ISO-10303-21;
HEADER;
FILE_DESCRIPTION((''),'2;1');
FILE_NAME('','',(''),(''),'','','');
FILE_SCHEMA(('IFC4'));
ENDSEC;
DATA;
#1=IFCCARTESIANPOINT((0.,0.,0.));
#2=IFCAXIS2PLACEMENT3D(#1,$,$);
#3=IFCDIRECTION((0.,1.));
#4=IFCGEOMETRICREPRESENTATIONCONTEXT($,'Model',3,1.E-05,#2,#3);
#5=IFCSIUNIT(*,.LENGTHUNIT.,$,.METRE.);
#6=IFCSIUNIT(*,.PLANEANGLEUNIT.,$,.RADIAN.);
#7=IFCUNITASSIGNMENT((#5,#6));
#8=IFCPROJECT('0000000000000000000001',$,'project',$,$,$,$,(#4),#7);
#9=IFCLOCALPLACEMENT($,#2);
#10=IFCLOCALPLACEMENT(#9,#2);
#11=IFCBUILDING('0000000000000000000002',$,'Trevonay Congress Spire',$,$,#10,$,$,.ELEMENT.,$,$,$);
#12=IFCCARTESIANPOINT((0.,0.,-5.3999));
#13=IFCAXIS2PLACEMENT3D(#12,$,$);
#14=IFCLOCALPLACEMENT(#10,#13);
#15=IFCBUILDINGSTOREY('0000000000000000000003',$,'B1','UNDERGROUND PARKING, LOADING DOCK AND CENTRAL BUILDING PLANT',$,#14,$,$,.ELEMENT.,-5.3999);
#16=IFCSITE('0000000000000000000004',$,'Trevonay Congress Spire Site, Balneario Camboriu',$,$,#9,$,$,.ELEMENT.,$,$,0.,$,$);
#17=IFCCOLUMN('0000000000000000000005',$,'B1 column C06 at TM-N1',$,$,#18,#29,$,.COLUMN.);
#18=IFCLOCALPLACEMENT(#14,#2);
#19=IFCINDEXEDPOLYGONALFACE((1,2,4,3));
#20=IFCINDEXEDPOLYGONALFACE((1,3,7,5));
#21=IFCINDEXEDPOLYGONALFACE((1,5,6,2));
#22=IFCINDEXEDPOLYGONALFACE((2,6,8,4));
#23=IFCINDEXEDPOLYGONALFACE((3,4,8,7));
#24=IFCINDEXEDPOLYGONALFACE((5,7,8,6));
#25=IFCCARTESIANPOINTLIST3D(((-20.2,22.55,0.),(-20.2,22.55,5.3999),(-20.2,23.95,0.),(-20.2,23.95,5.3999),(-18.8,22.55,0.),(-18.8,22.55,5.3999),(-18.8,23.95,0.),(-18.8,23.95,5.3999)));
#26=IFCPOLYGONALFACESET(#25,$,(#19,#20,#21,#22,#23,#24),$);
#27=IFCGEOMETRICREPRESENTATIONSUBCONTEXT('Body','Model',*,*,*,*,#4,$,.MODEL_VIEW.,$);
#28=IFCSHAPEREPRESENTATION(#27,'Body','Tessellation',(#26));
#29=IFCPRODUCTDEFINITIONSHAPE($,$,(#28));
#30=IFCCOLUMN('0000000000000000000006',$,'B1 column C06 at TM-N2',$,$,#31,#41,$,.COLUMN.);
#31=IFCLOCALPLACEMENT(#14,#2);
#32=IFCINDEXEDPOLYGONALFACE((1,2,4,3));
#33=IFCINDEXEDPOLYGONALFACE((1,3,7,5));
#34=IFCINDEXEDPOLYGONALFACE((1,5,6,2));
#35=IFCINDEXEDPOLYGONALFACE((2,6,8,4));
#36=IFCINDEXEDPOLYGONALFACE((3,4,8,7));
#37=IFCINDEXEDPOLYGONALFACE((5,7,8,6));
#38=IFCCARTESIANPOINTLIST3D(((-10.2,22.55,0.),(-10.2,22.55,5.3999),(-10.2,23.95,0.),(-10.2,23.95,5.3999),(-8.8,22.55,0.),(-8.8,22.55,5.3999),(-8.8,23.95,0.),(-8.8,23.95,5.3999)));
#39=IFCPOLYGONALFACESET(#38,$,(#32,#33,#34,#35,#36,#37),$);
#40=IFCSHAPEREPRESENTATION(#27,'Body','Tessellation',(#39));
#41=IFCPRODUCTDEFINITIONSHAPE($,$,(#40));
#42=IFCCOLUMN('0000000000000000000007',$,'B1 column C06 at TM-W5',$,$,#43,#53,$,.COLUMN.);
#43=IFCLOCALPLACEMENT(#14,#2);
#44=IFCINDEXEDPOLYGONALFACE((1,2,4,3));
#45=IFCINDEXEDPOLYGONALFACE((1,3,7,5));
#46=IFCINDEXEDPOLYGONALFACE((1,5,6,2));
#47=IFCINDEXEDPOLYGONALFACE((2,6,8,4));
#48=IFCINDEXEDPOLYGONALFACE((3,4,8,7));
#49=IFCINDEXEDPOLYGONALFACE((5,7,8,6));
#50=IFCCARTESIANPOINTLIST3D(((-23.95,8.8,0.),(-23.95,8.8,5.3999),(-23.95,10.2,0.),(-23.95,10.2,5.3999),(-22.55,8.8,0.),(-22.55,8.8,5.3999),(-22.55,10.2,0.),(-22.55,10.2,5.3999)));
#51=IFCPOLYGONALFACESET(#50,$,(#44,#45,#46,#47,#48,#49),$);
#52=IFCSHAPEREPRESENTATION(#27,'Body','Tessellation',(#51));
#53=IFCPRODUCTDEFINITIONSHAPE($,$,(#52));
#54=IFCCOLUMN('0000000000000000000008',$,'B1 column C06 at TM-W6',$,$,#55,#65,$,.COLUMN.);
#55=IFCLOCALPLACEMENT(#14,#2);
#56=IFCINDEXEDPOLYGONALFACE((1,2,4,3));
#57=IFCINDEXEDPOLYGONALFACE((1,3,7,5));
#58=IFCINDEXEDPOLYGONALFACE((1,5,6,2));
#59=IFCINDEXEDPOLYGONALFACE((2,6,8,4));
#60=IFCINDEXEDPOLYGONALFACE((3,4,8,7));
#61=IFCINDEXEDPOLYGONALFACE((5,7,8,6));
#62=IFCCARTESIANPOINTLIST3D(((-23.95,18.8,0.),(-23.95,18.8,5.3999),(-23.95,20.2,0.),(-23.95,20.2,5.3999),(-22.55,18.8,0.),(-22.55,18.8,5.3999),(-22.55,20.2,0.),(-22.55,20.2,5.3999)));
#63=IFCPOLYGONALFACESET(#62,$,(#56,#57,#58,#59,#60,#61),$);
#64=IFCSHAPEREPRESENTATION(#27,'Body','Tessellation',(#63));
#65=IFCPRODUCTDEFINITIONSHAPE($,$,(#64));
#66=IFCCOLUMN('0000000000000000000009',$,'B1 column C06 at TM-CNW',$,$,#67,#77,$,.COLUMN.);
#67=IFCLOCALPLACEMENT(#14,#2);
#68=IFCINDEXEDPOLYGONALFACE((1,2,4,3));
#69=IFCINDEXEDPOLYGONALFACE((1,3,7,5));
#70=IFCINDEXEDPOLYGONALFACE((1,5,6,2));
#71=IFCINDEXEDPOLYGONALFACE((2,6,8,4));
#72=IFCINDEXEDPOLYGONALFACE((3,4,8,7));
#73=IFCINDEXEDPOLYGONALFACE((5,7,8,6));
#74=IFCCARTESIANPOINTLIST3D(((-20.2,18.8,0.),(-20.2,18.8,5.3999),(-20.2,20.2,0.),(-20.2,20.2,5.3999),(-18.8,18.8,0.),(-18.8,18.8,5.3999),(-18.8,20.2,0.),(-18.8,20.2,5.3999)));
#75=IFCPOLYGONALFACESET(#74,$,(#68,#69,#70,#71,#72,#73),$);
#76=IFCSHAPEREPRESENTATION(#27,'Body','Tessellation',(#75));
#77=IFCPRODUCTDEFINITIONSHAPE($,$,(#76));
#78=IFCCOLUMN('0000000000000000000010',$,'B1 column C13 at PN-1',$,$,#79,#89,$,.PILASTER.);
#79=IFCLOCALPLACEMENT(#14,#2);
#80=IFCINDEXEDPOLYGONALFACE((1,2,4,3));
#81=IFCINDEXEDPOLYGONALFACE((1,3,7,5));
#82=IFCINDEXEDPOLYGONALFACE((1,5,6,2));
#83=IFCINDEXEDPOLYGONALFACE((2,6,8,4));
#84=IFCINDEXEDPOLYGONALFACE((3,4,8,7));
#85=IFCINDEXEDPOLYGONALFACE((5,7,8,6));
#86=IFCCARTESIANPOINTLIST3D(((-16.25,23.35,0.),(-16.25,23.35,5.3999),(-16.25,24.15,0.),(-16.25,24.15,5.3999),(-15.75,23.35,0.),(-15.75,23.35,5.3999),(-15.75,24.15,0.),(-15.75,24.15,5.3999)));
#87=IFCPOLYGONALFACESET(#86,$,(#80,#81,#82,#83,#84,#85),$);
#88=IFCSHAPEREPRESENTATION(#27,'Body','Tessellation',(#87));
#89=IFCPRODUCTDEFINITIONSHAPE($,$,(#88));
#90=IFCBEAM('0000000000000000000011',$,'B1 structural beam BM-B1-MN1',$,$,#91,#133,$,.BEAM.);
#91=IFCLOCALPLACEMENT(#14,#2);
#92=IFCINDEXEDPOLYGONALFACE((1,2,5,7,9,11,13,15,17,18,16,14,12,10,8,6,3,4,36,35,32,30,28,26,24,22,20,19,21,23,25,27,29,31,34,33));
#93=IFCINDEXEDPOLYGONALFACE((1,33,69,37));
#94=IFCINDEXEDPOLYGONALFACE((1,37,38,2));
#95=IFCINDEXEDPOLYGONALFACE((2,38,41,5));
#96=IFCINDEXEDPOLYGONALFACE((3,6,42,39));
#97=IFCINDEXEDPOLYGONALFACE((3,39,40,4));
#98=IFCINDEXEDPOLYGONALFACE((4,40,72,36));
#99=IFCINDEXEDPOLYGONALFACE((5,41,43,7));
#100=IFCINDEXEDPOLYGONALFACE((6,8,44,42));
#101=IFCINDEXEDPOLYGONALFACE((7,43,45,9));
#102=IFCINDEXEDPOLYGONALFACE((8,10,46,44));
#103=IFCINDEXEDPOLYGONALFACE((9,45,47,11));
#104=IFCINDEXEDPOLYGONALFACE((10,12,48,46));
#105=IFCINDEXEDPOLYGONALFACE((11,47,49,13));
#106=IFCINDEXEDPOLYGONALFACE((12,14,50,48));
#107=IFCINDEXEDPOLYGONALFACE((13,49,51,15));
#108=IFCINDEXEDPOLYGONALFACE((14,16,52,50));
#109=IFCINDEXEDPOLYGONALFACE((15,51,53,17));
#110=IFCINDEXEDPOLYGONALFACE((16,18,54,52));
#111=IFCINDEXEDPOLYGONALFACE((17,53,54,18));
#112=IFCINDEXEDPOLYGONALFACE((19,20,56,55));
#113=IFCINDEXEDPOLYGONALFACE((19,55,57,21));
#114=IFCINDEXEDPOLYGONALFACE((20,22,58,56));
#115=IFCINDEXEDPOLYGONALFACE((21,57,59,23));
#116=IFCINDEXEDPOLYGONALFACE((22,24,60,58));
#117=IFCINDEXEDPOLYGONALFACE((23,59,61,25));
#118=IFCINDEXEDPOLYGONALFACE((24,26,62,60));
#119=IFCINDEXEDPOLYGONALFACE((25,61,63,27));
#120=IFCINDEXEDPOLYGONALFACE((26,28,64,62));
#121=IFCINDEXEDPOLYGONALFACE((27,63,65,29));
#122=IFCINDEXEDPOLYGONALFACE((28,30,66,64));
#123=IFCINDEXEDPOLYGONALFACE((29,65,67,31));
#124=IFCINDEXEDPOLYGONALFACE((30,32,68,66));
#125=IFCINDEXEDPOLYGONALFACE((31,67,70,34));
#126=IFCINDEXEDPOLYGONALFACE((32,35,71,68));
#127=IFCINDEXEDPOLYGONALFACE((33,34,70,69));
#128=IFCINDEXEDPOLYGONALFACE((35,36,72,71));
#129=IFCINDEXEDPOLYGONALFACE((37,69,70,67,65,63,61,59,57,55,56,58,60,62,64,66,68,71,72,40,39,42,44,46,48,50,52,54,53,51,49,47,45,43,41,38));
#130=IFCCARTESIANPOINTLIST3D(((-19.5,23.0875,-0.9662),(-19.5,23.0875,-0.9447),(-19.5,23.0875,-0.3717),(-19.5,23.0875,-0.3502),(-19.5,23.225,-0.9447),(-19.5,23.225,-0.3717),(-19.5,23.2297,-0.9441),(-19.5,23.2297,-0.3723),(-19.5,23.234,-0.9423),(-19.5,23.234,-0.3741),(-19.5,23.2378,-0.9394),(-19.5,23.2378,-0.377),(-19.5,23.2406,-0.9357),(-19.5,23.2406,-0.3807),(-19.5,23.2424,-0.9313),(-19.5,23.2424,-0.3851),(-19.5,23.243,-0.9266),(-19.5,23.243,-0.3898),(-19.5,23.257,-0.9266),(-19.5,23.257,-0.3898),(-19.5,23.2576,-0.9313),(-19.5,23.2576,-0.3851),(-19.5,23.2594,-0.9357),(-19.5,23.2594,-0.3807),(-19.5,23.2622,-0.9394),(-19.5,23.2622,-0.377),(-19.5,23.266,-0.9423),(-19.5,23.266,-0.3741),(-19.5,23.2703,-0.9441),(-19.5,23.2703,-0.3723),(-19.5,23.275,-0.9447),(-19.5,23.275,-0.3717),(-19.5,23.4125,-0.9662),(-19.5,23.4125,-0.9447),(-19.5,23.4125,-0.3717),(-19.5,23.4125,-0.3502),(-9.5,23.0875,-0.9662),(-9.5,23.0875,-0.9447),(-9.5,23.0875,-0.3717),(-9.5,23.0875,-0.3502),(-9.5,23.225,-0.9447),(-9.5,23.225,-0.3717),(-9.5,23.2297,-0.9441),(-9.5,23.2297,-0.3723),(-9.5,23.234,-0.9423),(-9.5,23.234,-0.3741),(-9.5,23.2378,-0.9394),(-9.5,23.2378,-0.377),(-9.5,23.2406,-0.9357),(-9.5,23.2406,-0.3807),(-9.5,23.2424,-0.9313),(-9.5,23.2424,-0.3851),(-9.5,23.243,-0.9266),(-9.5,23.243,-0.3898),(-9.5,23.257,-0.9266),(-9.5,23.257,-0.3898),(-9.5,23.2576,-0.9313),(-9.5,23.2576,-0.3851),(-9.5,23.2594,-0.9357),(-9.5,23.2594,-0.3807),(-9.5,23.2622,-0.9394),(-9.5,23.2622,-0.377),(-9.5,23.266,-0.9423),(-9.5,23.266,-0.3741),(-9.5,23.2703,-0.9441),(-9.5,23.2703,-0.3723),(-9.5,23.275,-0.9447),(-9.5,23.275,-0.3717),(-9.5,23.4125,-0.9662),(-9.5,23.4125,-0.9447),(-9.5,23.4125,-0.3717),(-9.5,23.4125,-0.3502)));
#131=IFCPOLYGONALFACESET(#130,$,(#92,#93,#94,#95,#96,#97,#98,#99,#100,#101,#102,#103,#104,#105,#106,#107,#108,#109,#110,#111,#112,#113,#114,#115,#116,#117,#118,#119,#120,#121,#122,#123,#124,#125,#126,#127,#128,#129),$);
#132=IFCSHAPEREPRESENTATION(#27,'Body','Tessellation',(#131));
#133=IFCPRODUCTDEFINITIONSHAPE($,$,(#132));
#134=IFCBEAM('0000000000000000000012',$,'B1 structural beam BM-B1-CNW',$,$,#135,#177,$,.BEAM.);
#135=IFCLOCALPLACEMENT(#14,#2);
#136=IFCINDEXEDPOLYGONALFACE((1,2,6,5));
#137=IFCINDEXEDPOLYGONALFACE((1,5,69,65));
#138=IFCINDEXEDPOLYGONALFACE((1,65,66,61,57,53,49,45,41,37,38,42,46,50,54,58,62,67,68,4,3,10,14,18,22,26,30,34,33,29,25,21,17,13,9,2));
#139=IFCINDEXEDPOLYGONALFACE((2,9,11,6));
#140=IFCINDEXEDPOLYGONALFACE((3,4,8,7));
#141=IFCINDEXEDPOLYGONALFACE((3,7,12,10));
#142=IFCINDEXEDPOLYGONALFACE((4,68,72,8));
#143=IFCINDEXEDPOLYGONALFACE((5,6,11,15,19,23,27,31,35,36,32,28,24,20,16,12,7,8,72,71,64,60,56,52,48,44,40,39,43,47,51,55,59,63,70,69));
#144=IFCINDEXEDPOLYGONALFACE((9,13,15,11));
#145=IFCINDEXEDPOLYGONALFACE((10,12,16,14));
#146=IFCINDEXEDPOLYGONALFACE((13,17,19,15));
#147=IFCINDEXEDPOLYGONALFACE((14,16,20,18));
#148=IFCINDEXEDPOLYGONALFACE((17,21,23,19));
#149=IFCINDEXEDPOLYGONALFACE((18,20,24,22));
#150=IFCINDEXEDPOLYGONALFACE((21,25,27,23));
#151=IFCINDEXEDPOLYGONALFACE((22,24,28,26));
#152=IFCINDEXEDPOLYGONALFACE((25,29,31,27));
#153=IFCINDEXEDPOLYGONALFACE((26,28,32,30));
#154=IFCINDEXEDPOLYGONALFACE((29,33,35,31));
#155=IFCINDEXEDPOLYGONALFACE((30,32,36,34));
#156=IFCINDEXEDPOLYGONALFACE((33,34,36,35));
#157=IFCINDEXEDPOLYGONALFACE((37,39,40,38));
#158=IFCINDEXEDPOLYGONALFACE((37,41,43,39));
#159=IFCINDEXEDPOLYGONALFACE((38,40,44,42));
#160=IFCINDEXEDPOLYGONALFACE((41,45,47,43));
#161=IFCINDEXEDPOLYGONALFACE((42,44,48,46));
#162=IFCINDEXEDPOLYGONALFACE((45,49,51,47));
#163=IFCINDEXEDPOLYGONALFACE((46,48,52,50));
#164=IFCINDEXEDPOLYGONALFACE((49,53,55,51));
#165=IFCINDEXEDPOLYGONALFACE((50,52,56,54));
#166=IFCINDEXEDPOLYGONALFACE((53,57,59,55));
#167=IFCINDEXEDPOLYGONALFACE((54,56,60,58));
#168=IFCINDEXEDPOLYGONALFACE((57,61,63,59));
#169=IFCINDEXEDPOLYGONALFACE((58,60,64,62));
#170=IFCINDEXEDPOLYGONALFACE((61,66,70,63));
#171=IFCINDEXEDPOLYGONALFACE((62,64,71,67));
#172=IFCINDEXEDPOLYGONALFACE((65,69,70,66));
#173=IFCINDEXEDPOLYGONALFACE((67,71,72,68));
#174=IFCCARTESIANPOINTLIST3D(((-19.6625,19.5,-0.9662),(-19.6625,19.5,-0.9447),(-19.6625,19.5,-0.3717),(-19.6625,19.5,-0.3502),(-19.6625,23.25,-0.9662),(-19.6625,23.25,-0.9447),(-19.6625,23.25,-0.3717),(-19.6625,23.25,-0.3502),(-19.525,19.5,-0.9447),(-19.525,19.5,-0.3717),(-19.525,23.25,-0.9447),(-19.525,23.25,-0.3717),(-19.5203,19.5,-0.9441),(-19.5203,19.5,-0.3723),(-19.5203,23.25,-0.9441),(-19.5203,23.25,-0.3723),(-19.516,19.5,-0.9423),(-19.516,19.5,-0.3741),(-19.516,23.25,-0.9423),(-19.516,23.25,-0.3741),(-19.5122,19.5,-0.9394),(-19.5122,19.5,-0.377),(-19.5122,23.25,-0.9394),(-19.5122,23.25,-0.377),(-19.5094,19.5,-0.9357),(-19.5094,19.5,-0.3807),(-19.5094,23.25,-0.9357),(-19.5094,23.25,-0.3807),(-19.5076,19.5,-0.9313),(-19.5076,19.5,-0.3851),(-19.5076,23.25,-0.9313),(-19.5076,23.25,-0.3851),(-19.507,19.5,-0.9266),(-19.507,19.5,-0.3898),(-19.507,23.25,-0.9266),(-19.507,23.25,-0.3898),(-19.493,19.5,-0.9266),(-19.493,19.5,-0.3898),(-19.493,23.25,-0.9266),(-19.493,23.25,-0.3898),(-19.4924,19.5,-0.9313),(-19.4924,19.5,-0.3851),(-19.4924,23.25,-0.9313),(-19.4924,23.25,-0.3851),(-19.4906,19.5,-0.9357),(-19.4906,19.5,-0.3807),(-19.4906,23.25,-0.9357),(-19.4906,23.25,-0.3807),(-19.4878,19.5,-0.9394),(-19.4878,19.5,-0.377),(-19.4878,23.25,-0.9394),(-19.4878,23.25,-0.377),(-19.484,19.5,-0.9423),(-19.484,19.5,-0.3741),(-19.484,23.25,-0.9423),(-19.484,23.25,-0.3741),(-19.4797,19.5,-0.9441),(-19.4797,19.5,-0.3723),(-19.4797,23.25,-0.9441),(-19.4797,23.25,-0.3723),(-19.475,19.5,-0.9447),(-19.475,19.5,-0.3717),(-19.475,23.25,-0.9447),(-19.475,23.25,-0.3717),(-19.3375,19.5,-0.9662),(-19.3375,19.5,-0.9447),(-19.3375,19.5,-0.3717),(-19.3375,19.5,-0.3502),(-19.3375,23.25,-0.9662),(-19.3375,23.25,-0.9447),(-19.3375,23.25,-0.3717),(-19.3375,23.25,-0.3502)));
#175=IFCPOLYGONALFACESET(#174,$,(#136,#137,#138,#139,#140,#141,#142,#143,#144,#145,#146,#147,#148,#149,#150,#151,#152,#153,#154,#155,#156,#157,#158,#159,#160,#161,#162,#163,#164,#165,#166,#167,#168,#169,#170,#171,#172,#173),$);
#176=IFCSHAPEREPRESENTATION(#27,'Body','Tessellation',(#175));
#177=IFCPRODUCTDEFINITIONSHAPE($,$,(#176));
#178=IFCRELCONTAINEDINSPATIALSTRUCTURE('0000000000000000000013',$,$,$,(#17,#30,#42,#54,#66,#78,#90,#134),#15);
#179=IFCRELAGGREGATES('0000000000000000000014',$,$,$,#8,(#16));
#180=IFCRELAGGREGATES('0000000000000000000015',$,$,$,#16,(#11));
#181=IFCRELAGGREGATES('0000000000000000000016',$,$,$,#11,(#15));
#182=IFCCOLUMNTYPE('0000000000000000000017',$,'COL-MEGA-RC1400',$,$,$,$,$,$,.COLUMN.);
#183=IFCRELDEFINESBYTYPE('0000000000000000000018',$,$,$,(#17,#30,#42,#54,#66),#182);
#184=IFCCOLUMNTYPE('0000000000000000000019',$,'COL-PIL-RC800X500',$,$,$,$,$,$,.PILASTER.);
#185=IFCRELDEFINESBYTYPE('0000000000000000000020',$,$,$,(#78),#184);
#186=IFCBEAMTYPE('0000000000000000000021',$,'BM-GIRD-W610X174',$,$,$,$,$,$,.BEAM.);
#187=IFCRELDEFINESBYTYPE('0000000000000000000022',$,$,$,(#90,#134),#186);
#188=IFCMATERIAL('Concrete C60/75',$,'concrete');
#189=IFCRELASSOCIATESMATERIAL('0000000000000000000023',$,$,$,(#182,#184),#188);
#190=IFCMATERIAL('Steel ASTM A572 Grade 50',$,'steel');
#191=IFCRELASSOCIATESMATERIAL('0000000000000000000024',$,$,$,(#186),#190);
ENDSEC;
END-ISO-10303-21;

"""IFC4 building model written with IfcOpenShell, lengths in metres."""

from ifc_helpers import new_model, si_unit, direction, frame, origin, origin_2d, place, context, subcontext, project, spatial, rectangle, i_section, extrude, material, material_profile, profile_set, type_object, element, save


model = new_model("IFC4")

# Units and contexts
model_context = context("Model", 3, precision=1e-05, world=origin(), true_north=direction((0.0, 1.0)))
body_context = subcontext(model_context, "Body", "Model", "MODEL_VIEW")
ifc_project = project(units=[si_unit("LENGTHUNIT", "METRE"), si_unit("PLANEANGLEUNIT", "RADIAN")], contexts=[model_context])

# Site, building, storey
site_placement = place(None, origin())
site = spatial("IfcSite", under=ifc_project, at=site_placement, Name="Trevonay Congress Spire Site, Balneario Camboriu", CompositionType="ELEMENT", RefElevation=0.0)
building_placement = place(site_placement, origin())
building = spatial("IfcBuilding", under=site, at=building_placement, Name="Trevonay Congress Spire", CompositionType="ELEMENT")
storey_placement = place(building_placement, frame((0.0, 0.0, -5.3999)))
storey = spatial("IfcBuildingStorey", under=building, at=storey_placement, Name="B1", Description="UNDERGROUND PARKING, LOADING DOCK AND CENTRAL BUILDING PLANT", CompositionType="ELEMENT", Elevation=-5.3999)

# Columns
ifc_material_1 = material(Name="Concrete C60/75", Category="concrete")
ifc_material_profile_1 = material_profile(ifc_material_1, rectangle(XDim=1.3999, YDim=1.3999, at=origin_2d()), Name="RC 1400x1400")
ifc_profile_set_1 = profile_set([ifc_material_profile_1], Name="Concrete C60/75")
column_type_1 = type_object("IfcColumnType", Name="COL-MEGA-RC1400", PredefinedType="COLUMN", material=ifc_profile_set_1)
for number, where, z_axis, x_axis, name in (
    (1, (-19.5, 23.25, 0.0), (0.0, 0.0, 1.0), (1.0, 0.0, 0.0), "B1 column C06 at TM-N1"),
    (2, (-9.5, 23.25, 0.0), (0.0, 0.0, 1.0), (1.0, 0.0, 0.0), "B1 column C06 at TM-N2"),
    (3, (-23.25, 9.5, 0.0), (0.0, 0.0, 1.0), (1.0, 0.0, 0.0), "B1 column C06 at TM-W5"),
    (4, (-23.25, 19.5, 0.0), (0.0, 0.0, 1.0), (1.0, 0.0, 0.0), "B1 column C06 at TM-W6"),
    (5, (-19.5, 19.5, 0.0), (0.0, 0.0, 1.0), (1.0, 0.0, 0.0), "B1 column C06 at TM-CNW"),
):
    element("IfcColumn", number, at=place(storey_placement, frame(where, z_axis=z_axis, x_axis=x_axis)), inside=storey, type_object=column_type_1, Name=name, PredefinedType="COLUMN", context=body_context, shape_type="SweptSolid", body=[
        extrude(rectangle(XDim=1.3999, YDim=1.3999, at=origin_2d()), origin(), (0.0, 0.0, 1.0), 5.3999),
    ])
ifc_material_profile_2 = material_profile(ifc_material_1, rectangle(XDim=0.5, YDim=0.8, at=origin_2d()), Name="RC 800x500")
ifc_profile_set_2 = profile_set([ifc_material_profile_2], Name="Concrete C60/75")
column_type_2 = type_object("IfcColumnType", Name="COL-PIL-RC800X500", PredefinedType="PILASTER", material=ifc_profile_set_2)
column_placement = place(storey_placement, frame((-16.0, 23.75, 0.0), z_axis=(0.0, 0.0, 1.0), x_axis=(1.0, 0.0, 0.0)))
element("IfcColumn", 6, at=column_placement, inside=storey, type_object=column_type_2, Name="B1 column C13 at PN-1", PredefinedType="PILASTER", context=body_context, shape_type="SweptSolid", body=[
    extrude(rectangle(XDim=0.5, YDim=0.8, at=origin_2d()), origin(), (0.0, 0.0, 1.0), 5.3999),
])

# Beams
ifc_material_2 = material(Name="Steel ASTM A572 Grade 50", Category="steel")
ifc_material_profile_3 = material_profile(ifc_material_2, i_section(OverallWidth=0.325, OverallDepth=0.616, WebThickness=0.0139, FlangeThickness=0.0215, FilletRadius=0.0181, at=origin_2d()), Name="W610x174")
ifc_profile_set_3 = profile_set([ifc_material_profile_3], Name="Steel ASTM A572 Grade 50")
beam_type_1 = type_object("IfcBeamType", Name="BM-GIRD-W610X174", PredefinedType="BEAM", material=ifc_profile_set_3)
beam_1_placement = place(storey_placement, frame((-19.5, 23.25, -0.6582), z_axis=(1.0, 0.0, 0.0), x_axis=(0.0, 1.0, 0.0)))
element("IfcBeam", 7, at=beam_1_placement, inside=storey, type_object=beam_type_1, Name="B1 structural beam BM-B1-MN1", PredefinedType="BEAM", context=body_context, shape_type="SweptSolid", body=[
    extrude(i_section(OverallWidth=0.325, OverallDepth=0.616, WebThickness=0.0139, FlangeThickness=0.0215, FilletRadius=0.0181, at=origin_2d()), origin(), (0.0, 0.0, 1.0), 10.0),
])
beam_2_placement = place(storey_placement, frame((-19.5, 23.25, -0.6582), z_axis=(0.0, -1.0, 0.0), x_axis=(1.0, 0.0, 0.0)))
element("IfcBeam", 8, at=beam_2_placement, inside=storey, type_object=beam_type_1, Name="B1 structural beam BM-B1-CNW", PredefinedType="BEAM", context=body_context, shape_type="SweptSolid", body=[
    extrude(i_section(OverallWidth=0.325, OverallDepth=0.616, WebThickness=0.0139, FlangeThickness=0.0215, FilletRadius=0.0181, at=origin_2d()), origin(), (0.0, 0.0, 1.0), 3.75),
])

save(model, "model.ifc")
